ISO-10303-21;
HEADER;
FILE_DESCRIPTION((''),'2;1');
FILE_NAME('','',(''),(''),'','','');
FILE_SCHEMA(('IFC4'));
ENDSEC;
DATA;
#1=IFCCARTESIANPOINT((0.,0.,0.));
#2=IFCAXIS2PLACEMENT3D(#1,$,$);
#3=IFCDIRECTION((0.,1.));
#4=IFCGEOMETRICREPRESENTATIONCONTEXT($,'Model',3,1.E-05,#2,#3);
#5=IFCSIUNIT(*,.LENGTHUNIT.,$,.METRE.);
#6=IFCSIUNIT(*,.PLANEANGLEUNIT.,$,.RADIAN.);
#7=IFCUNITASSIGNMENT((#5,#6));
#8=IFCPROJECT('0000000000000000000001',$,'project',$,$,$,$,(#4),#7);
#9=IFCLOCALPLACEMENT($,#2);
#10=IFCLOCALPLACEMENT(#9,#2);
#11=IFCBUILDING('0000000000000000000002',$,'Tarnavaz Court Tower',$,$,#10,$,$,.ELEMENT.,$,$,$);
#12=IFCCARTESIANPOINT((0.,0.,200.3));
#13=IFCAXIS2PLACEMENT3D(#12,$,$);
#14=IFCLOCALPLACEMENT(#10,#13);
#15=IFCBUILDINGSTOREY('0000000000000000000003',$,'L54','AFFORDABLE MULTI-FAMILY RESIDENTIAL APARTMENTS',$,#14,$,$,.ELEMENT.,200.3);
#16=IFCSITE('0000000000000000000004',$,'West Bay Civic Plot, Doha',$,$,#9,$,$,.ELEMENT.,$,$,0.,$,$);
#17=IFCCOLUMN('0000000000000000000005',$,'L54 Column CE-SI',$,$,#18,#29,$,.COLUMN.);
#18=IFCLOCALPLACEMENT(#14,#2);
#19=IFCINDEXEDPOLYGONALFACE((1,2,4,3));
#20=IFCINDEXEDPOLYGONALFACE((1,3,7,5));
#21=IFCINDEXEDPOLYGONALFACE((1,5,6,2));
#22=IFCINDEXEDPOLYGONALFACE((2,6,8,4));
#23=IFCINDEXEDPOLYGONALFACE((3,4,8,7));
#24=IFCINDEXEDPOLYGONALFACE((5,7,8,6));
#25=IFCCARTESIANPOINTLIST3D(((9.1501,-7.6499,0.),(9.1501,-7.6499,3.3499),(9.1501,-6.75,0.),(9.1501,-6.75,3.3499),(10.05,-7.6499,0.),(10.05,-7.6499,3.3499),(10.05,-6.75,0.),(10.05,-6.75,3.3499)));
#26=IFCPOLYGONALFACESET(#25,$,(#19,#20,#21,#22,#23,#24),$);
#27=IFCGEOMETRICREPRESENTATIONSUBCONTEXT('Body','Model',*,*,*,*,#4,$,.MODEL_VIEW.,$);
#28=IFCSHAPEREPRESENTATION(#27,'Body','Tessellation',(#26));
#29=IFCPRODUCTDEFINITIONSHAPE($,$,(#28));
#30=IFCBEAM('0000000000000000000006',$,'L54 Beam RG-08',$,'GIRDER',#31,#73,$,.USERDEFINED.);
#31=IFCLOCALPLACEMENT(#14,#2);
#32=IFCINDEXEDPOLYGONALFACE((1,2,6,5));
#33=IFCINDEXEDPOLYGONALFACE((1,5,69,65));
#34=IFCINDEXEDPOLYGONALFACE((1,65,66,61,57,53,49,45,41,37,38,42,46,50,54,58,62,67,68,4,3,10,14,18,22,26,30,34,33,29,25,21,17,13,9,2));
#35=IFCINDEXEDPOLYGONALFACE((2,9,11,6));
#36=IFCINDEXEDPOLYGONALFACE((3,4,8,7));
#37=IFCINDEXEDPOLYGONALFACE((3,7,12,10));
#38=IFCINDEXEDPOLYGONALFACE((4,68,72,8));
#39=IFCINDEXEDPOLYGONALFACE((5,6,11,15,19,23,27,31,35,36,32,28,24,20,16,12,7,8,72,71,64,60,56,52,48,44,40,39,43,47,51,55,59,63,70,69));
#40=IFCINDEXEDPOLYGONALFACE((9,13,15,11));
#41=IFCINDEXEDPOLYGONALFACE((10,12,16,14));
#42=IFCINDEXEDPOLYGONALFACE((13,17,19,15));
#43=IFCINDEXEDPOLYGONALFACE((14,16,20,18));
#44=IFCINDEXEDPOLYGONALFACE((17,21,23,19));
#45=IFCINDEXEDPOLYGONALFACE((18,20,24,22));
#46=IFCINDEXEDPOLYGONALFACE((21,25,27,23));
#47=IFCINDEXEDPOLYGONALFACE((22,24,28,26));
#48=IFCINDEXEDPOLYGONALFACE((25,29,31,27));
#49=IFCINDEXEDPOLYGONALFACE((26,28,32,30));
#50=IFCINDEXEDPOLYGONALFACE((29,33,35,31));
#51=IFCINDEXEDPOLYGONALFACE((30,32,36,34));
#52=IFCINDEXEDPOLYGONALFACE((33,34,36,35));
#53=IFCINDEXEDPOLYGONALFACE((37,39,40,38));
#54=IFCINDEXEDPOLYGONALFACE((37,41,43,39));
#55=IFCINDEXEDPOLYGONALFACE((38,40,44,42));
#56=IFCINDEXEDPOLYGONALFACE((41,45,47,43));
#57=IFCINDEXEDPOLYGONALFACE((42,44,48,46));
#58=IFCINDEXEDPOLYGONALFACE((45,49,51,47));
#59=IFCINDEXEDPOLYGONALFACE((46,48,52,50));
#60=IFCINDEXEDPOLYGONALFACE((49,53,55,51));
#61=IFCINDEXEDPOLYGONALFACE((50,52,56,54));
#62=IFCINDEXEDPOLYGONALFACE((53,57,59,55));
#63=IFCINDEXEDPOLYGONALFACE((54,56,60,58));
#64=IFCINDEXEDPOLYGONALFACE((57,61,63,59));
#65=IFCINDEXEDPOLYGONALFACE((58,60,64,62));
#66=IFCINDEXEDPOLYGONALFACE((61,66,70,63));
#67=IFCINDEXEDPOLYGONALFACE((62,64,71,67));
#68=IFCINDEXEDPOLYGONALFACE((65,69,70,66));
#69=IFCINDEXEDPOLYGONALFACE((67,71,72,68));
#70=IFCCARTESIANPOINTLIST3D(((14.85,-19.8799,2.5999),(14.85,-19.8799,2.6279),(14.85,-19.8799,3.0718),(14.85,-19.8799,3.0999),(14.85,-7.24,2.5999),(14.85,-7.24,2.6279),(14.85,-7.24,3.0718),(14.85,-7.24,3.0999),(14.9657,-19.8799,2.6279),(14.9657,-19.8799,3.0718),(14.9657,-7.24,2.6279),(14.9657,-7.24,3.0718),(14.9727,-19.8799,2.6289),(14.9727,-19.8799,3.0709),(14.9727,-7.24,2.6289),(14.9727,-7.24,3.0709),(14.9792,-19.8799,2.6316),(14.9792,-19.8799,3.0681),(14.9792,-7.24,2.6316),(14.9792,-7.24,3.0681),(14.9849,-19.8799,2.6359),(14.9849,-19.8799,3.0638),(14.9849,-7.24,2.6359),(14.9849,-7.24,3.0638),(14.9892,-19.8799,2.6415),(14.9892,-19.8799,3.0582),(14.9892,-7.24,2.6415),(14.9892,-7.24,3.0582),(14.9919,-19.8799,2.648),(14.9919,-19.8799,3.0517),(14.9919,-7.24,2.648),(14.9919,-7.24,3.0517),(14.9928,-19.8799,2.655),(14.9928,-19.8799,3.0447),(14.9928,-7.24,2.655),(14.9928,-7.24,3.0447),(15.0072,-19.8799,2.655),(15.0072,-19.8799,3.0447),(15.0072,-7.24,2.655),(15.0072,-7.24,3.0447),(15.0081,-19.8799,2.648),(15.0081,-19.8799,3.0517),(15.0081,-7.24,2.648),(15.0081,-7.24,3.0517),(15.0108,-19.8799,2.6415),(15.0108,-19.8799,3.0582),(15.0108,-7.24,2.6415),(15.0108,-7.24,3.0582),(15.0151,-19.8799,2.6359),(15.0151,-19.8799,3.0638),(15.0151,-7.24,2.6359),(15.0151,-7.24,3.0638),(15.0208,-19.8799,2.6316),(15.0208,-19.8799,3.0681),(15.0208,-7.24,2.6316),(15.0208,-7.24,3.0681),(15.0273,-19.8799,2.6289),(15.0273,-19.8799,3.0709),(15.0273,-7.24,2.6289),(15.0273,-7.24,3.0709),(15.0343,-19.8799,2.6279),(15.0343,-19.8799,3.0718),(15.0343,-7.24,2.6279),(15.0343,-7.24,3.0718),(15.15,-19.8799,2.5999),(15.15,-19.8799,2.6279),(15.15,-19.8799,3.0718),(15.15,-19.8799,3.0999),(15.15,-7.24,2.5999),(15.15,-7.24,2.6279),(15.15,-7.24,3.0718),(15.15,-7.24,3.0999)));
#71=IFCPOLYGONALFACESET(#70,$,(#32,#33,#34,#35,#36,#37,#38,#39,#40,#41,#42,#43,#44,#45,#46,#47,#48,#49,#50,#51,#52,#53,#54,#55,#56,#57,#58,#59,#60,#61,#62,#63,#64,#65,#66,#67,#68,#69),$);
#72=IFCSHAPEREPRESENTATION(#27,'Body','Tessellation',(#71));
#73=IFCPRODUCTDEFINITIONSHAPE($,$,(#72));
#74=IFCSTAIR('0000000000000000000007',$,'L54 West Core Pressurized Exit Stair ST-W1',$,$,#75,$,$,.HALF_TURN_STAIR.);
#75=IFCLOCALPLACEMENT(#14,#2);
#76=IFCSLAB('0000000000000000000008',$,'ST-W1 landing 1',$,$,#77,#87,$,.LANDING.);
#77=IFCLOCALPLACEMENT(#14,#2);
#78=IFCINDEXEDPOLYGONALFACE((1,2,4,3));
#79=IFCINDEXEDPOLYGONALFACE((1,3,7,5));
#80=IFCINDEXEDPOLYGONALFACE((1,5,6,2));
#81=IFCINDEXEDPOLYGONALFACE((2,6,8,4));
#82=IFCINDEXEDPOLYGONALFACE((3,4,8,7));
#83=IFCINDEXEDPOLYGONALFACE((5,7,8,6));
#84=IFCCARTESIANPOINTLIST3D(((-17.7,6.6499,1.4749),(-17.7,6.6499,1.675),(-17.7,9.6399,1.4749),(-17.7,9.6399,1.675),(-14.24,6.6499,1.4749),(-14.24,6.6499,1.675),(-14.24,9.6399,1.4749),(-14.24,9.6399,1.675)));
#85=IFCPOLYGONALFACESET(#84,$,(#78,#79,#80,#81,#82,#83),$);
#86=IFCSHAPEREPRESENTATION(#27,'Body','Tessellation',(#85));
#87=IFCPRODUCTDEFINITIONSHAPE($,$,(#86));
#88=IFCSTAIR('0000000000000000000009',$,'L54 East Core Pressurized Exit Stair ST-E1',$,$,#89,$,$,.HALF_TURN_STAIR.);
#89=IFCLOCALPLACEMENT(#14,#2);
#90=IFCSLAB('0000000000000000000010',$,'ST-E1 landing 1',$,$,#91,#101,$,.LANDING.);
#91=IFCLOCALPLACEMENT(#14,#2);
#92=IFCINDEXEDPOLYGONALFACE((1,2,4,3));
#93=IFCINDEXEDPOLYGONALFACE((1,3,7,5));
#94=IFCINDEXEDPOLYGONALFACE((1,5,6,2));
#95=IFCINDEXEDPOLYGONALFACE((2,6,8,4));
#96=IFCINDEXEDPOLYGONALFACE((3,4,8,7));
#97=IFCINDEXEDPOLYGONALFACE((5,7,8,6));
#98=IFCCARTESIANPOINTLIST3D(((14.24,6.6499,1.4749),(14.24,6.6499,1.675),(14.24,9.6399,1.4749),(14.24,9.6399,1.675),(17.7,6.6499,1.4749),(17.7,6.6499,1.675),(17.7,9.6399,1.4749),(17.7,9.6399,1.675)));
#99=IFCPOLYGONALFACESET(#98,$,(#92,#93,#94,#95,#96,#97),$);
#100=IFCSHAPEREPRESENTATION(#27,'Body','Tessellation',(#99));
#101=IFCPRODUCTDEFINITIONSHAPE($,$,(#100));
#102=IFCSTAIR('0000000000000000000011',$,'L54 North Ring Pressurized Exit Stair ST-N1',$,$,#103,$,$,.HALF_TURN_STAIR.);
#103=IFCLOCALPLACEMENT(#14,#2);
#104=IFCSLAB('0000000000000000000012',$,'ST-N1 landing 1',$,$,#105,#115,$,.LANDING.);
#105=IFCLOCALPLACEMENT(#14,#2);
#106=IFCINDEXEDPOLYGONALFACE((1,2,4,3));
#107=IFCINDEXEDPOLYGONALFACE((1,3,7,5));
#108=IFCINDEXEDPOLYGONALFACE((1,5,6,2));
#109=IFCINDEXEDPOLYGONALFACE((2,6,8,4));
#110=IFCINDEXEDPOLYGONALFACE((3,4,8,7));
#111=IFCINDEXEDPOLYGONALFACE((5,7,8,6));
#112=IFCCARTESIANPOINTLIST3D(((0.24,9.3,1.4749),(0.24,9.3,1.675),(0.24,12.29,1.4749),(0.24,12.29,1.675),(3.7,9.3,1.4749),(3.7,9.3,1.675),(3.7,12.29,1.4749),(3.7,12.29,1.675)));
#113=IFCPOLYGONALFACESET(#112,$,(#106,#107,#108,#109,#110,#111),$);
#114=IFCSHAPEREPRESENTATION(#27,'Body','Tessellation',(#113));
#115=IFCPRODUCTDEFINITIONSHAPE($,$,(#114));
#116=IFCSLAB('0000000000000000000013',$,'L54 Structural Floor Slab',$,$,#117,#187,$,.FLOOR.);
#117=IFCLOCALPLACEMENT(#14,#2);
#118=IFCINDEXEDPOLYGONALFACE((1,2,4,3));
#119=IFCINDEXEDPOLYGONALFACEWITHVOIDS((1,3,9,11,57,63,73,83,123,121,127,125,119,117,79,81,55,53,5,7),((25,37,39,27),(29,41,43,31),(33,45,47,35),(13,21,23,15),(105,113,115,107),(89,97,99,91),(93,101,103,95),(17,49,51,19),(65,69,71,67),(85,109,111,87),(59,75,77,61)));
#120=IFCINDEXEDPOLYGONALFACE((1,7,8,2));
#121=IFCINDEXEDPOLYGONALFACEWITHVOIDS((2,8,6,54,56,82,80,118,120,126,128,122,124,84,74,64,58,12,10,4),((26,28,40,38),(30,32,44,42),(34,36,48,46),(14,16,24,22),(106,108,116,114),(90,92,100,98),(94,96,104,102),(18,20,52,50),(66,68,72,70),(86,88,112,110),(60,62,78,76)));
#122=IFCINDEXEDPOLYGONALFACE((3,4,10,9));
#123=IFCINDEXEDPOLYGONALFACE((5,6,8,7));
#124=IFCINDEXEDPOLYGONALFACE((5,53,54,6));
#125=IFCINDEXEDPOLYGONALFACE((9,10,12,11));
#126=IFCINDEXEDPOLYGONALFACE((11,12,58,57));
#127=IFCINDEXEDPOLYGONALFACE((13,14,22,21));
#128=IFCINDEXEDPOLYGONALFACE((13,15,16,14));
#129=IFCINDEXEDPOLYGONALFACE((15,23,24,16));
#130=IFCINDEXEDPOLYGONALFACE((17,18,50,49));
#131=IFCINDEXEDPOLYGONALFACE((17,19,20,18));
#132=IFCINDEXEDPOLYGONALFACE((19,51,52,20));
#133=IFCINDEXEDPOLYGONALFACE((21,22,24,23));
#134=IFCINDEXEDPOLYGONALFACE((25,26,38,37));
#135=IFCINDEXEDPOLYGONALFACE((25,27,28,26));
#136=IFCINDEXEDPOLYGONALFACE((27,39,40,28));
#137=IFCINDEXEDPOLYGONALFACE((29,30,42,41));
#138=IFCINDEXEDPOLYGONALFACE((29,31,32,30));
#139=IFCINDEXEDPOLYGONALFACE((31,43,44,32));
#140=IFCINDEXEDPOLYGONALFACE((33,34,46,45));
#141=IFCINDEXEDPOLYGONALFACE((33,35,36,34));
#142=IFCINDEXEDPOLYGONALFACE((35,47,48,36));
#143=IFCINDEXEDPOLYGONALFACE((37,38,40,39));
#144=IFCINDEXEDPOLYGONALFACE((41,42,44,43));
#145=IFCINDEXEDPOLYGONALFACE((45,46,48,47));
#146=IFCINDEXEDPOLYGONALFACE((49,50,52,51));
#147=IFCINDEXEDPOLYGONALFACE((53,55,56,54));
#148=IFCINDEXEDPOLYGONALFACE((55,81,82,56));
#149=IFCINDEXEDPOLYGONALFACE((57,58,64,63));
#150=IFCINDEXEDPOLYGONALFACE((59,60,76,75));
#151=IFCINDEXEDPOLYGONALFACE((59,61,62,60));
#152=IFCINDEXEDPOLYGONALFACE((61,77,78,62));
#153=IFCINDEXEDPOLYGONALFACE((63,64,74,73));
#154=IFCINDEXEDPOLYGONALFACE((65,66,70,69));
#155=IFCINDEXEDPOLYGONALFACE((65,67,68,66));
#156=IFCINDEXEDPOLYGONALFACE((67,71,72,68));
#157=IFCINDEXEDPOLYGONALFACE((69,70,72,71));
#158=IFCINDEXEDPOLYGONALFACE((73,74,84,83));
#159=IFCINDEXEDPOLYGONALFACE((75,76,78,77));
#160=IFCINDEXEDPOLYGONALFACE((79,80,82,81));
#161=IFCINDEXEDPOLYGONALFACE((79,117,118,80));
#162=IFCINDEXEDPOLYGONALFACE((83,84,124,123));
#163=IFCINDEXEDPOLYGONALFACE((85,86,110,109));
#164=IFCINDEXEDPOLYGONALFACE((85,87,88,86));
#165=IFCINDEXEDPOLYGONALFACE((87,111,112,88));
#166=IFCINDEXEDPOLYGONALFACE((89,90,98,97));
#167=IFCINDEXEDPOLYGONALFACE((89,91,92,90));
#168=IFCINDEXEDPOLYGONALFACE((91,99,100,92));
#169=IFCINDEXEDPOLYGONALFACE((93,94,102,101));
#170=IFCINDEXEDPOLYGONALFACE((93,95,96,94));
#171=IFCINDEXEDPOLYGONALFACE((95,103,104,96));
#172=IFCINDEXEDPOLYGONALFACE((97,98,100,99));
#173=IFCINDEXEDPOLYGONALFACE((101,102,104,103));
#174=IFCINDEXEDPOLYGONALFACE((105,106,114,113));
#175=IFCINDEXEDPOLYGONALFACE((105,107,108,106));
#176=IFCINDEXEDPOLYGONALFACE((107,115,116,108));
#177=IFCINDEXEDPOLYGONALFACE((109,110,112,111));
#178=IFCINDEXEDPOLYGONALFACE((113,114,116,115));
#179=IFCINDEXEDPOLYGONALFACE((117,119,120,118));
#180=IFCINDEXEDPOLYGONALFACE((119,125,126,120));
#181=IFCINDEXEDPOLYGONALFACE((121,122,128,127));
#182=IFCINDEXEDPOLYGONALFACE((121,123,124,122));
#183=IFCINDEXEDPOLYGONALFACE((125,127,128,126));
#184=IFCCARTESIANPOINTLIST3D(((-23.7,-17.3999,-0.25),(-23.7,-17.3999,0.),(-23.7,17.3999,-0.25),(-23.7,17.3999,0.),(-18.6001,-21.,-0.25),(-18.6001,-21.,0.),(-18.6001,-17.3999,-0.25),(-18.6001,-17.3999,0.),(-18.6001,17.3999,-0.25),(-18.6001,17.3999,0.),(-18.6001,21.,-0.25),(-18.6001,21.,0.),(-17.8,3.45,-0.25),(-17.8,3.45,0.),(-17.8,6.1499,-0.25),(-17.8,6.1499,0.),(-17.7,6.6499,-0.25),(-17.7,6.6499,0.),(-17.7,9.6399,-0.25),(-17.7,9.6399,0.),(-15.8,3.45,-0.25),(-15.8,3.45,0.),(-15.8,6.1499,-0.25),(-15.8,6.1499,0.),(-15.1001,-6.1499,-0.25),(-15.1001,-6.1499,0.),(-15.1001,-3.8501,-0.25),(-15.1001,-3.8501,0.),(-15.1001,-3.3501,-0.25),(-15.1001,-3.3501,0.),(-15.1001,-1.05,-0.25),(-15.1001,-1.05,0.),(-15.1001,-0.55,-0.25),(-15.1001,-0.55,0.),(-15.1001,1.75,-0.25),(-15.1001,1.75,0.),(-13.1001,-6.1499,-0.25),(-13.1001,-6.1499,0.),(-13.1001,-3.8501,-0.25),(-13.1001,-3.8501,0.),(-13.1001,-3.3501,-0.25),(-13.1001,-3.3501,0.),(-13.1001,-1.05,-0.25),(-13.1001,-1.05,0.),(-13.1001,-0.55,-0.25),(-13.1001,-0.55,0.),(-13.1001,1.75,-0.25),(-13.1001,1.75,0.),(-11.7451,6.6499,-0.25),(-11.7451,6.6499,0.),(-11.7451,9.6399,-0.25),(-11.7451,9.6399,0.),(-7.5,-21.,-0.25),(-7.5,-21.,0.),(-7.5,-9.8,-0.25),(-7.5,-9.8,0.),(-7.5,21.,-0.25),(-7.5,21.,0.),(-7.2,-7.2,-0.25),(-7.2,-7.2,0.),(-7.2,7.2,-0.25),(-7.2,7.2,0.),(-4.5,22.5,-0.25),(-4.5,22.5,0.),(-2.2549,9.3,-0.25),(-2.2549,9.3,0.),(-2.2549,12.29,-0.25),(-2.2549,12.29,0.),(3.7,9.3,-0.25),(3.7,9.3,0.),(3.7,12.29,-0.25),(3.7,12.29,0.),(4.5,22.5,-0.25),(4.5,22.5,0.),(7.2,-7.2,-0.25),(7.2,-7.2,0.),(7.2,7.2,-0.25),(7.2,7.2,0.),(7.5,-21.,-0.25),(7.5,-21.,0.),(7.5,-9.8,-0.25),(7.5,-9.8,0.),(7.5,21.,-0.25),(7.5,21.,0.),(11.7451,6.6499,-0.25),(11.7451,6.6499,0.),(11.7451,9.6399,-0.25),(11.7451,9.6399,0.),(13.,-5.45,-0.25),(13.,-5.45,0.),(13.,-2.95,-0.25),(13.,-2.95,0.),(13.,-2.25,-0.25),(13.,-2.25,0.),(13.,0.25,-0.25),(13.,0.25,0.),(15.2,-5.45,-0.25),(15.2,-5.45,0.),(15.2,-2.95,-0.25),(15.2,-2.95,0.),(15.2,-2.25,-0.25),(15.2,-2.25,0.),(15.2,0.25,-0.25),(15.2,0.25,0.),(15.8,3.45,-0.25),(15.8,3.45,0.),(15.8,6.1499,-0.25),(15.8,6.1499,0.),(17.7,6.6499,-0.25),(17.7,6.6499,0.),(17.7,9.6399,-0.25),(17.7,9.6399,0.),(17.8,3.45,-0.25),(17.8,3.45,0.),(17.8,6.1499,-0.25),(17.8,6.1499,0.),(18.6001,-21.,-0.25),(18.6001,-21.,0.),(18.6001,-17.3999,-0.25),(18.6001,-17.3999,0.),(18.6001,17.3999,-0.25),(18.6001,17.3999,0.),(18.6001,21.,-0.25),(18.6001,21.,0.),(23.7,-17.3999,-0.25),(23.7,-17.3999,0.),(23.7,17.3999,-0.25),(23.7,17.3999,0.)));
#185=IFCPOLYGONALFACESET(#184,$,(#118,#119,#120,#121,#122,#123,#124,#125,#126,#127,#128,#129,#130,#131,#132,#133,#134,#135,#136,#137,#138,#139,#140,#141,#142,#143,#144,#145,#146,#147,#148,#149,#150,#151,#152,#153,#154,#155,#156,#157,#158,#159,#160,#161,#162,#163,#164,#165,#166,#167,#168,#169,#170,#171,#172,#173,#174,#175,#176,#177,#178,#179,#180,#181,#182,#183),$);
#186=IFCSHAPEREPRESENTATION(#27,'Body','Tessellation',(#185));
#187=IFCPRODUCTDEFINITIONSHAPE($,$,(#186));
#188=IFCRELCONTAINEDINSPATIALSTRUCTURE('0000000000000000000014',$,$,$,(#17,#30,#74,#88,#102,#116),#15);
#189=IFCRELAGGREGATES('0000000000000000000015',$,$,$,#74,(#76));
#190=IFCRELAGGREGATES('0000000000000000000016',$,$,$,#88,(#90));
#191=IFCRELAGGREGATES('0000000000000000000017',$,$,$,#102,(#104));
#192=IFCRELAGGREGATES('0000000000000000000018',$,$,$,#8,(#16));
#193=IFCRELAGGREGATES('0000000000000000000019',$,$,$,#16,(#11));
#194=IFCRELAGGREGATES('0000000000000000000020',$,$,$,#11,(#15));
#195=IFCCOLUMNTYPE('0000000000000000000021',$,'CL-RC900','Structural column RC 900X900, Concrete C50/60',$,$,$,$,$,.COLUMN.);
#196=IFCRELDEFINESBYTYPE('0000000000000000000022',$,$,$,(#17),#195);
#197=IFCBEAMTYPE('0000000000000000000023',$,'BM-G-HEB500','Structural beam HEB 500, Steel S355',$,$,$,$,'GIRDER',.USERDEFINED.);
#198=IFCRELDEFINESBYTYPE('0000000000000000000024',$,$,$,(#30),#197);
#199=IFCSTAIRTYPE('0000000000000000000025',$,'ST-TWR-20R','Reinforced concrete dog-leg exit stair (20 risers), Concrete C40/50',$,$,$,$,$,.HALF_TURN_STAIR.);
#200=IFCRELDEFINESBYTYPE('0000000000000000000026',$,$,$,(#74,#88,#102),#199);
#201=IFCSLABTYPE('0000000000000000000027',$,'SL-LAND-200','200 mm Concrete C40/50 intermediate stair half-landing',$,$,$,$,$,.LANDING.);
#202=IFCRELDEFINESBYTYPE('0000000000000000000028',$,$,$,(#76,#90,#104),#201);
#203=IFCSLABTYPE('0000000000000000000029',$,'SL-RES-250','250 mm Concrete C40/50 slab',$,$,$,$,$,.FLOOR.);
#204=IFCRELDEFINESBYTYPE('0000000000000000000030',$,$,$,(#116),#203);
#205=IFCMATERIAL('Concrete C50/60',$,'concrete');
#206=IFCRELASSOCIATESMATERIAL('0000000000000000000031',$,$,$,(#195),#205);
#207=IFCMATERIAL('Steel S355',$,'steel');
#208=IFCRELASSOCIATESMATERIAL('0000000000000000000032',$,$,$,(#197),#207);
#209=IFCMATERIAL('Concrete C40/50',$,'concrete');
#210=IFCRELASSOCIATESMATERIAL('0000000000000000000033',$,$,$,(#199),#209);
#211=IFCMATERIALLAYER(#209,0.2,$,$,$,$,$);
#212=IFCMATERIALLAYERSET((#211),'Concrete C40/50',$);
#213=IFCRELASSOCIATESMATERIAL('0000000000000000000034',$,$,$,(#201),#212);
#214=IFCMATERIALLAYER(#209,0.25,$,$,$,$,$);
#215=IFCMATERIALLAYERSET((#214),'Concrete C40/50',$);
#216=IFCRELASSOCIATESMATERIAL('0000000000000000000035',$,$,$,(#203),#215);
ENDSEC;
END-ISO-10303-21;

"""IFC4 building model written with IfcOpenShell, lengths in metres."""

from ifc_helpers import new_model, si_unit, direction, frame, origin, origin_2d, place, context, subcontext, project, spatial, polyline, rectangle, i_section, outline, extrude, material, layer, layer_set, material_profile, profile_set, type_object, element, aggregate, save


model = new_model("IFC4")

# Units and contexts
model_context = context("Model", 3, precision=1e-05, world=origin(), true_north=direction((0.0, 1.0)))
body_context = subcontext(model_context, "Body", "Model", "MODEL_VIEW")
ifc_project = project(units=[si_unit("LENGTHUNIT", "METRE"), si_unit("PLANEANGLEUNIT", "RADIAN")], contexts=[model_context])

# Site, building, storey
site_placement = place(None, origin())
site = spatial("IfcSite", under=ifc_project, at=site_placement, Name="West Bay Civic Plot, Doha", CompositionType="ELEMENT", RefElevation=0.0)
building_placement = place(site_placement, origin())
building = spatial("IfcBuilding", under=site, at=building_placement, Name="Tarnavaz Court Tower", CompositionType="ELEMENT")
storey_placement = place(building_placement, frame((0.0, 0.0, 200.3)))
storey = spatial("IfcBuildingStorey", under=building, at=storey_placement, Name="L54", Description="AFFORDABLE MULTI-FAMILY RESIDENTIAL APARTMENTS", CompositionType="ELEMENT", Elevation=200.3)

# Column
ifc_material_1 = material(Name="Concrete C50/60", Category="concrete")
ifc_material_profile_1 = material_profile(ifc_material_1, rectangle(XDim=0.8999, YDim=0.8999, at=origin_2d()), Name="RC 900X900")
ifc_profile_set_1 = profile_set([ifc_material_profile_1], Name="Concrete C50/60")
column_type = type_object("IfcColumnType", Name="CL-RC900", Description="Structural column RC 900X900, Concrete C50/60", PredefinedType="COLUMN", material=ifc_profile_set_1)
column_placement = place(storey_placement, frame((9.6001, -7.2, 0.0), z_axis=(0.0, 0.0, 1.0), x_axis=(1.0, 0.0, 0.0)))
element("IfcColumn", 1, at=column_placement, inside=storey, type_object=column_type, Name="L54 Column CE-SI", PredefinedType="COLUMN", context=body_context, shape_type="SweptSolid", body=[
    extrude(rectangle(XDim=0.8999, YDim=0.8999, at=origin_2d()), origin(), (0.0, 0.0, 1.0), 3.3499),
])

# Beam
ifc_material_2 = material(Name="Steel S355", Category="steel")
ifc_material_profile_2 = material_profile(ifc_material_2, i_section(OverallWidth=0.3, OverallDepth=0.5, WebThickness=0.0144, FlangeThickness=0.0281, FilletRadius=0.0271, at=origin_2d()), Name="HEB 500")
ifc_profile_set_2 = profile_set([ifc_material_profile_2], Name="Steel S355")
beam_type = type_object("IfcBeamType", Name="BM-G-HEB500", Description="Structural beam HEB 500, Steel S355", ElementType="GIRDER", PredefinedType="USERDEFINED", material=ifc_profile_set_2)
beam_placement = place(storey_placement, frame((15.0, -7.24, 2.8499), z_axis=(0.0, -1.0, 0.0), x_axis=(1.0, 0.0, 0.0)))
element("IfcBeam", 2, at=beam_placement, inside=storey, type_object=beam_type, Name="L54 Beam RG-08", ObjectType="GIRDER", PredefinedType="USERDEFINED", context=body_context, shape_type="SweptSolid", body=[
    extrude(i_section(OverallWidth=0.3, OverallDepth=0.5, WebThickness=0.0144, FlangeThickness=0.0281, FilletRadius=0.0271, at=origin_2d()), origin(), (0.0, 0.0, 1.0), 12.6399),
])

# Stairs, slabs
ifc_material_3 = material(Name="Concrete C40/50", Category="concrete")
stair_type = type_object("IfcStairType", Name="ST-TWR-20R", Description="Reinforced concrete dog-leg exit stair (20 risers), Concrete C40/50", PredefinedType="HALF_TURN_STAIR", material=ifc_material_3)
stair_1_placement = place(storey_placement, origin())
stair_1 = element("IfcStair", 3, at=stair_1_placement, inside=storey, type_object=stair_type, Name="L54 West Core Pressurized Exit Stair ST-W1", PredefinedType="HALF_TURN_STAIR")
ifc_layer_1 = layer(ifc_material_3, 0.2)
ifc_layer_set_1 = layer_set([ifc_layer_1], Name="Concrete C40/50")
slab_type_1 = type_object("IfcSlabType", Name="SL-LAND-200", Description="200 mm Concrete C40/50 intermediate stair half-landing", PredefinedType="LANDING", material=ifc_layer_set_1)
slab_1_placement = place(storey_placement, frame((0.0, 0.0, 1.4749)))
slab_1 = element("IfcSlab", 4, at=slab_1_placement, type_object=slab_type_1, Name="ST-W1 landing 1", PredefinedType="LANDING", context=body_context, shape_type="SweptSolid", body=[
    extrude(outline(polyline([(-14.24, 9.6399), (-17.7, 9.6399), (-17.7, 6.6499), (-14.24, 6.6499), (-14.24, 9.6399)])), origin(), (0.0, 0.0, 1.0), 0.2002),
])
aggregate(stair_1, [slab_1])
stair_2_placement = place(storey_placement, origin())
stair_2 = element("IfcStair", 5, at=stair_2_placement, inside=storey, type_object=stair_type, Name="L54 East Core Pressurized Exit Stair ST-E1", PredefinedType="HALF_TURN_STAIR")
slab_2_placement = place(storey_placement, frame((0.0, 0.0, 1.4749)))
slab_2 = element("IfcSlab", 6, at=slab_2_placement, type_object=slab_type_1, Name="ST-E1 landing 1", PredefinedType="LANDING", context=body_context, shape_type="SweptSolid", body=[
    extrude(outline(polyline([(14.24, 6.6499), (17.7, 6.6499), (17.7, 9.6399), (14.24, 9.6399), (14.24, 6.6499)])), origin(), (0.0, 0.0, 1.0), 0.2002),
])
aggregate(stair_2, [slab_2])
stair_3_placement = place(storey_placement, origin())
stair_3 = element("IfcStair", 7, at=stair_3_placement, inside=storey, type_object=stair_type, Name="L54 North Ring Pressurized Exit Stair ST-N1", PredefinedType="HALF_TURN_STAIR")
slab_3_placement = place(storey_placement, frame((0.0, 0.0, 1.4749)))
slab_3 = element("IfcSlab", 8, at=slab_3_placement, type_object=slab_type_1, Name="ST-N1 landing 1", PredefinedType="LANDING", context=body_context, shape_type="SweptSolid", body=[
    extrude(outline(polyline([(0.24, 9.3), (3.7, 9.3), (3.7, 12.29), (0.24, 12.29), (0.24, 9.3)])), origin(), (0.0, 0.0, 1.0), 0.2002),
])
aggregate(stair_3, [slab_3])

# Slab
ifc_layer_2 = layer(ifc_material_3, 0.25)
ifc_layer_set_2 = layer_set([ifc_layer_2], Name="Concrete C40/50")
slab_type_2 = type_object("IfcSlabType", Name="SL-RES-250", Description="250 mm Concrete C40/50 slab", PredefinedType="FLOOR", material=ifc_layer_set_2)
slab_4_placement = place(storey_placement, frame((0.0, 0.0, -0.25)))
element("IfcSlab", 9, at=slab_4_placement, inside=storey, type_object=slab_type_2, Name="L54 Structural Floor Slab", PredefinedType="FLOOR", context=body_context, shape_type="SweptSolid", body=[
    extrude(outline(polyline([(-18.6001, -21.0), (-7.5, -21.0), (-7.5, -9.8), (7.5, -9.8), (7.5, -21.0), (18.6001, -21.0), (18.6001, -17.3999), (23.7, -17.3999), (23.7, 17.3999), (18.6001, 17.3999), (18.6001, 21.0), (7.5, 21.0), (4.5, 22.5), (-4.5, 22.5), (-7.5, 21.0), (-18.6001, 21.0), (-18.6001, 17.3999), (-23.7, 17.3999), (-23.7, -17.3999), (-18.6001, -17.3999), (-18.6001, -21.0)]), holes=[polyline([(-7.2, -7.2), (7.2, -7.2), (7.2, 7.2), (-7.2, 7.2), (-7.2, -7.2)]), polyline([(-11.7451, 9.6399), (-17.7, 9.6399), (-17.7, 6.6499), (-11.7451, 6.6499), (-11.7451, 9.6399)]), polyline([(11.7451, 6.6499), (17.7, 6.6499), (17.7, 9.6399), (11.7451, 9.6399), (11.7451, 6.6499)]), polyline([(-2.2549, 9.3), (3.7, 9.3), (3.7, 12.29), (-2.2549, 12.29), (-2.2549, 9.3)]), polyline([(-17.8, 3.45), (-15.8, 3.45), (-15.8, 6.1499), (-17.8, 6.1499), (-17.8, 3.45)]), polyline([(-15.1001, -6.1499), (-13.1001, -6.1499), (-13.1001, -3.8501), (-15.1001, -3.8501), (-15.1001, -6.1499)]), polyline([(-15.1001, -3.3501), (-13.1001, -3.3501), (-13.1001, -1.05), (-15.1001, -1.05), (-15.1001, -3.3501)]), polyline([(-15.1001, -0.55), (-13.1001, -0.55), (-13.1001, 1.75), (-15.1001, 1.75), (-15.1001, -0.55)]), polyline([(15.8, 3.45), (17.8, 3.45), (17.8, 6.1499), (15.8, 6.1499), (15.8, 3.45)]), polyline([(13.0, -5.45), (15.2, -5.45), (15.2, -2.95), (13.0, -2.95), (13.0, -5.45)]), polyline([(13.0, -2.25), (15.2, -2.25), (15.2, 0.25), (13.0, 0.25), (13.0, -2.25)])]), origin(), (0.0, 0.0, 1.0), 0.25),
])

save(model, "model.ifc")
